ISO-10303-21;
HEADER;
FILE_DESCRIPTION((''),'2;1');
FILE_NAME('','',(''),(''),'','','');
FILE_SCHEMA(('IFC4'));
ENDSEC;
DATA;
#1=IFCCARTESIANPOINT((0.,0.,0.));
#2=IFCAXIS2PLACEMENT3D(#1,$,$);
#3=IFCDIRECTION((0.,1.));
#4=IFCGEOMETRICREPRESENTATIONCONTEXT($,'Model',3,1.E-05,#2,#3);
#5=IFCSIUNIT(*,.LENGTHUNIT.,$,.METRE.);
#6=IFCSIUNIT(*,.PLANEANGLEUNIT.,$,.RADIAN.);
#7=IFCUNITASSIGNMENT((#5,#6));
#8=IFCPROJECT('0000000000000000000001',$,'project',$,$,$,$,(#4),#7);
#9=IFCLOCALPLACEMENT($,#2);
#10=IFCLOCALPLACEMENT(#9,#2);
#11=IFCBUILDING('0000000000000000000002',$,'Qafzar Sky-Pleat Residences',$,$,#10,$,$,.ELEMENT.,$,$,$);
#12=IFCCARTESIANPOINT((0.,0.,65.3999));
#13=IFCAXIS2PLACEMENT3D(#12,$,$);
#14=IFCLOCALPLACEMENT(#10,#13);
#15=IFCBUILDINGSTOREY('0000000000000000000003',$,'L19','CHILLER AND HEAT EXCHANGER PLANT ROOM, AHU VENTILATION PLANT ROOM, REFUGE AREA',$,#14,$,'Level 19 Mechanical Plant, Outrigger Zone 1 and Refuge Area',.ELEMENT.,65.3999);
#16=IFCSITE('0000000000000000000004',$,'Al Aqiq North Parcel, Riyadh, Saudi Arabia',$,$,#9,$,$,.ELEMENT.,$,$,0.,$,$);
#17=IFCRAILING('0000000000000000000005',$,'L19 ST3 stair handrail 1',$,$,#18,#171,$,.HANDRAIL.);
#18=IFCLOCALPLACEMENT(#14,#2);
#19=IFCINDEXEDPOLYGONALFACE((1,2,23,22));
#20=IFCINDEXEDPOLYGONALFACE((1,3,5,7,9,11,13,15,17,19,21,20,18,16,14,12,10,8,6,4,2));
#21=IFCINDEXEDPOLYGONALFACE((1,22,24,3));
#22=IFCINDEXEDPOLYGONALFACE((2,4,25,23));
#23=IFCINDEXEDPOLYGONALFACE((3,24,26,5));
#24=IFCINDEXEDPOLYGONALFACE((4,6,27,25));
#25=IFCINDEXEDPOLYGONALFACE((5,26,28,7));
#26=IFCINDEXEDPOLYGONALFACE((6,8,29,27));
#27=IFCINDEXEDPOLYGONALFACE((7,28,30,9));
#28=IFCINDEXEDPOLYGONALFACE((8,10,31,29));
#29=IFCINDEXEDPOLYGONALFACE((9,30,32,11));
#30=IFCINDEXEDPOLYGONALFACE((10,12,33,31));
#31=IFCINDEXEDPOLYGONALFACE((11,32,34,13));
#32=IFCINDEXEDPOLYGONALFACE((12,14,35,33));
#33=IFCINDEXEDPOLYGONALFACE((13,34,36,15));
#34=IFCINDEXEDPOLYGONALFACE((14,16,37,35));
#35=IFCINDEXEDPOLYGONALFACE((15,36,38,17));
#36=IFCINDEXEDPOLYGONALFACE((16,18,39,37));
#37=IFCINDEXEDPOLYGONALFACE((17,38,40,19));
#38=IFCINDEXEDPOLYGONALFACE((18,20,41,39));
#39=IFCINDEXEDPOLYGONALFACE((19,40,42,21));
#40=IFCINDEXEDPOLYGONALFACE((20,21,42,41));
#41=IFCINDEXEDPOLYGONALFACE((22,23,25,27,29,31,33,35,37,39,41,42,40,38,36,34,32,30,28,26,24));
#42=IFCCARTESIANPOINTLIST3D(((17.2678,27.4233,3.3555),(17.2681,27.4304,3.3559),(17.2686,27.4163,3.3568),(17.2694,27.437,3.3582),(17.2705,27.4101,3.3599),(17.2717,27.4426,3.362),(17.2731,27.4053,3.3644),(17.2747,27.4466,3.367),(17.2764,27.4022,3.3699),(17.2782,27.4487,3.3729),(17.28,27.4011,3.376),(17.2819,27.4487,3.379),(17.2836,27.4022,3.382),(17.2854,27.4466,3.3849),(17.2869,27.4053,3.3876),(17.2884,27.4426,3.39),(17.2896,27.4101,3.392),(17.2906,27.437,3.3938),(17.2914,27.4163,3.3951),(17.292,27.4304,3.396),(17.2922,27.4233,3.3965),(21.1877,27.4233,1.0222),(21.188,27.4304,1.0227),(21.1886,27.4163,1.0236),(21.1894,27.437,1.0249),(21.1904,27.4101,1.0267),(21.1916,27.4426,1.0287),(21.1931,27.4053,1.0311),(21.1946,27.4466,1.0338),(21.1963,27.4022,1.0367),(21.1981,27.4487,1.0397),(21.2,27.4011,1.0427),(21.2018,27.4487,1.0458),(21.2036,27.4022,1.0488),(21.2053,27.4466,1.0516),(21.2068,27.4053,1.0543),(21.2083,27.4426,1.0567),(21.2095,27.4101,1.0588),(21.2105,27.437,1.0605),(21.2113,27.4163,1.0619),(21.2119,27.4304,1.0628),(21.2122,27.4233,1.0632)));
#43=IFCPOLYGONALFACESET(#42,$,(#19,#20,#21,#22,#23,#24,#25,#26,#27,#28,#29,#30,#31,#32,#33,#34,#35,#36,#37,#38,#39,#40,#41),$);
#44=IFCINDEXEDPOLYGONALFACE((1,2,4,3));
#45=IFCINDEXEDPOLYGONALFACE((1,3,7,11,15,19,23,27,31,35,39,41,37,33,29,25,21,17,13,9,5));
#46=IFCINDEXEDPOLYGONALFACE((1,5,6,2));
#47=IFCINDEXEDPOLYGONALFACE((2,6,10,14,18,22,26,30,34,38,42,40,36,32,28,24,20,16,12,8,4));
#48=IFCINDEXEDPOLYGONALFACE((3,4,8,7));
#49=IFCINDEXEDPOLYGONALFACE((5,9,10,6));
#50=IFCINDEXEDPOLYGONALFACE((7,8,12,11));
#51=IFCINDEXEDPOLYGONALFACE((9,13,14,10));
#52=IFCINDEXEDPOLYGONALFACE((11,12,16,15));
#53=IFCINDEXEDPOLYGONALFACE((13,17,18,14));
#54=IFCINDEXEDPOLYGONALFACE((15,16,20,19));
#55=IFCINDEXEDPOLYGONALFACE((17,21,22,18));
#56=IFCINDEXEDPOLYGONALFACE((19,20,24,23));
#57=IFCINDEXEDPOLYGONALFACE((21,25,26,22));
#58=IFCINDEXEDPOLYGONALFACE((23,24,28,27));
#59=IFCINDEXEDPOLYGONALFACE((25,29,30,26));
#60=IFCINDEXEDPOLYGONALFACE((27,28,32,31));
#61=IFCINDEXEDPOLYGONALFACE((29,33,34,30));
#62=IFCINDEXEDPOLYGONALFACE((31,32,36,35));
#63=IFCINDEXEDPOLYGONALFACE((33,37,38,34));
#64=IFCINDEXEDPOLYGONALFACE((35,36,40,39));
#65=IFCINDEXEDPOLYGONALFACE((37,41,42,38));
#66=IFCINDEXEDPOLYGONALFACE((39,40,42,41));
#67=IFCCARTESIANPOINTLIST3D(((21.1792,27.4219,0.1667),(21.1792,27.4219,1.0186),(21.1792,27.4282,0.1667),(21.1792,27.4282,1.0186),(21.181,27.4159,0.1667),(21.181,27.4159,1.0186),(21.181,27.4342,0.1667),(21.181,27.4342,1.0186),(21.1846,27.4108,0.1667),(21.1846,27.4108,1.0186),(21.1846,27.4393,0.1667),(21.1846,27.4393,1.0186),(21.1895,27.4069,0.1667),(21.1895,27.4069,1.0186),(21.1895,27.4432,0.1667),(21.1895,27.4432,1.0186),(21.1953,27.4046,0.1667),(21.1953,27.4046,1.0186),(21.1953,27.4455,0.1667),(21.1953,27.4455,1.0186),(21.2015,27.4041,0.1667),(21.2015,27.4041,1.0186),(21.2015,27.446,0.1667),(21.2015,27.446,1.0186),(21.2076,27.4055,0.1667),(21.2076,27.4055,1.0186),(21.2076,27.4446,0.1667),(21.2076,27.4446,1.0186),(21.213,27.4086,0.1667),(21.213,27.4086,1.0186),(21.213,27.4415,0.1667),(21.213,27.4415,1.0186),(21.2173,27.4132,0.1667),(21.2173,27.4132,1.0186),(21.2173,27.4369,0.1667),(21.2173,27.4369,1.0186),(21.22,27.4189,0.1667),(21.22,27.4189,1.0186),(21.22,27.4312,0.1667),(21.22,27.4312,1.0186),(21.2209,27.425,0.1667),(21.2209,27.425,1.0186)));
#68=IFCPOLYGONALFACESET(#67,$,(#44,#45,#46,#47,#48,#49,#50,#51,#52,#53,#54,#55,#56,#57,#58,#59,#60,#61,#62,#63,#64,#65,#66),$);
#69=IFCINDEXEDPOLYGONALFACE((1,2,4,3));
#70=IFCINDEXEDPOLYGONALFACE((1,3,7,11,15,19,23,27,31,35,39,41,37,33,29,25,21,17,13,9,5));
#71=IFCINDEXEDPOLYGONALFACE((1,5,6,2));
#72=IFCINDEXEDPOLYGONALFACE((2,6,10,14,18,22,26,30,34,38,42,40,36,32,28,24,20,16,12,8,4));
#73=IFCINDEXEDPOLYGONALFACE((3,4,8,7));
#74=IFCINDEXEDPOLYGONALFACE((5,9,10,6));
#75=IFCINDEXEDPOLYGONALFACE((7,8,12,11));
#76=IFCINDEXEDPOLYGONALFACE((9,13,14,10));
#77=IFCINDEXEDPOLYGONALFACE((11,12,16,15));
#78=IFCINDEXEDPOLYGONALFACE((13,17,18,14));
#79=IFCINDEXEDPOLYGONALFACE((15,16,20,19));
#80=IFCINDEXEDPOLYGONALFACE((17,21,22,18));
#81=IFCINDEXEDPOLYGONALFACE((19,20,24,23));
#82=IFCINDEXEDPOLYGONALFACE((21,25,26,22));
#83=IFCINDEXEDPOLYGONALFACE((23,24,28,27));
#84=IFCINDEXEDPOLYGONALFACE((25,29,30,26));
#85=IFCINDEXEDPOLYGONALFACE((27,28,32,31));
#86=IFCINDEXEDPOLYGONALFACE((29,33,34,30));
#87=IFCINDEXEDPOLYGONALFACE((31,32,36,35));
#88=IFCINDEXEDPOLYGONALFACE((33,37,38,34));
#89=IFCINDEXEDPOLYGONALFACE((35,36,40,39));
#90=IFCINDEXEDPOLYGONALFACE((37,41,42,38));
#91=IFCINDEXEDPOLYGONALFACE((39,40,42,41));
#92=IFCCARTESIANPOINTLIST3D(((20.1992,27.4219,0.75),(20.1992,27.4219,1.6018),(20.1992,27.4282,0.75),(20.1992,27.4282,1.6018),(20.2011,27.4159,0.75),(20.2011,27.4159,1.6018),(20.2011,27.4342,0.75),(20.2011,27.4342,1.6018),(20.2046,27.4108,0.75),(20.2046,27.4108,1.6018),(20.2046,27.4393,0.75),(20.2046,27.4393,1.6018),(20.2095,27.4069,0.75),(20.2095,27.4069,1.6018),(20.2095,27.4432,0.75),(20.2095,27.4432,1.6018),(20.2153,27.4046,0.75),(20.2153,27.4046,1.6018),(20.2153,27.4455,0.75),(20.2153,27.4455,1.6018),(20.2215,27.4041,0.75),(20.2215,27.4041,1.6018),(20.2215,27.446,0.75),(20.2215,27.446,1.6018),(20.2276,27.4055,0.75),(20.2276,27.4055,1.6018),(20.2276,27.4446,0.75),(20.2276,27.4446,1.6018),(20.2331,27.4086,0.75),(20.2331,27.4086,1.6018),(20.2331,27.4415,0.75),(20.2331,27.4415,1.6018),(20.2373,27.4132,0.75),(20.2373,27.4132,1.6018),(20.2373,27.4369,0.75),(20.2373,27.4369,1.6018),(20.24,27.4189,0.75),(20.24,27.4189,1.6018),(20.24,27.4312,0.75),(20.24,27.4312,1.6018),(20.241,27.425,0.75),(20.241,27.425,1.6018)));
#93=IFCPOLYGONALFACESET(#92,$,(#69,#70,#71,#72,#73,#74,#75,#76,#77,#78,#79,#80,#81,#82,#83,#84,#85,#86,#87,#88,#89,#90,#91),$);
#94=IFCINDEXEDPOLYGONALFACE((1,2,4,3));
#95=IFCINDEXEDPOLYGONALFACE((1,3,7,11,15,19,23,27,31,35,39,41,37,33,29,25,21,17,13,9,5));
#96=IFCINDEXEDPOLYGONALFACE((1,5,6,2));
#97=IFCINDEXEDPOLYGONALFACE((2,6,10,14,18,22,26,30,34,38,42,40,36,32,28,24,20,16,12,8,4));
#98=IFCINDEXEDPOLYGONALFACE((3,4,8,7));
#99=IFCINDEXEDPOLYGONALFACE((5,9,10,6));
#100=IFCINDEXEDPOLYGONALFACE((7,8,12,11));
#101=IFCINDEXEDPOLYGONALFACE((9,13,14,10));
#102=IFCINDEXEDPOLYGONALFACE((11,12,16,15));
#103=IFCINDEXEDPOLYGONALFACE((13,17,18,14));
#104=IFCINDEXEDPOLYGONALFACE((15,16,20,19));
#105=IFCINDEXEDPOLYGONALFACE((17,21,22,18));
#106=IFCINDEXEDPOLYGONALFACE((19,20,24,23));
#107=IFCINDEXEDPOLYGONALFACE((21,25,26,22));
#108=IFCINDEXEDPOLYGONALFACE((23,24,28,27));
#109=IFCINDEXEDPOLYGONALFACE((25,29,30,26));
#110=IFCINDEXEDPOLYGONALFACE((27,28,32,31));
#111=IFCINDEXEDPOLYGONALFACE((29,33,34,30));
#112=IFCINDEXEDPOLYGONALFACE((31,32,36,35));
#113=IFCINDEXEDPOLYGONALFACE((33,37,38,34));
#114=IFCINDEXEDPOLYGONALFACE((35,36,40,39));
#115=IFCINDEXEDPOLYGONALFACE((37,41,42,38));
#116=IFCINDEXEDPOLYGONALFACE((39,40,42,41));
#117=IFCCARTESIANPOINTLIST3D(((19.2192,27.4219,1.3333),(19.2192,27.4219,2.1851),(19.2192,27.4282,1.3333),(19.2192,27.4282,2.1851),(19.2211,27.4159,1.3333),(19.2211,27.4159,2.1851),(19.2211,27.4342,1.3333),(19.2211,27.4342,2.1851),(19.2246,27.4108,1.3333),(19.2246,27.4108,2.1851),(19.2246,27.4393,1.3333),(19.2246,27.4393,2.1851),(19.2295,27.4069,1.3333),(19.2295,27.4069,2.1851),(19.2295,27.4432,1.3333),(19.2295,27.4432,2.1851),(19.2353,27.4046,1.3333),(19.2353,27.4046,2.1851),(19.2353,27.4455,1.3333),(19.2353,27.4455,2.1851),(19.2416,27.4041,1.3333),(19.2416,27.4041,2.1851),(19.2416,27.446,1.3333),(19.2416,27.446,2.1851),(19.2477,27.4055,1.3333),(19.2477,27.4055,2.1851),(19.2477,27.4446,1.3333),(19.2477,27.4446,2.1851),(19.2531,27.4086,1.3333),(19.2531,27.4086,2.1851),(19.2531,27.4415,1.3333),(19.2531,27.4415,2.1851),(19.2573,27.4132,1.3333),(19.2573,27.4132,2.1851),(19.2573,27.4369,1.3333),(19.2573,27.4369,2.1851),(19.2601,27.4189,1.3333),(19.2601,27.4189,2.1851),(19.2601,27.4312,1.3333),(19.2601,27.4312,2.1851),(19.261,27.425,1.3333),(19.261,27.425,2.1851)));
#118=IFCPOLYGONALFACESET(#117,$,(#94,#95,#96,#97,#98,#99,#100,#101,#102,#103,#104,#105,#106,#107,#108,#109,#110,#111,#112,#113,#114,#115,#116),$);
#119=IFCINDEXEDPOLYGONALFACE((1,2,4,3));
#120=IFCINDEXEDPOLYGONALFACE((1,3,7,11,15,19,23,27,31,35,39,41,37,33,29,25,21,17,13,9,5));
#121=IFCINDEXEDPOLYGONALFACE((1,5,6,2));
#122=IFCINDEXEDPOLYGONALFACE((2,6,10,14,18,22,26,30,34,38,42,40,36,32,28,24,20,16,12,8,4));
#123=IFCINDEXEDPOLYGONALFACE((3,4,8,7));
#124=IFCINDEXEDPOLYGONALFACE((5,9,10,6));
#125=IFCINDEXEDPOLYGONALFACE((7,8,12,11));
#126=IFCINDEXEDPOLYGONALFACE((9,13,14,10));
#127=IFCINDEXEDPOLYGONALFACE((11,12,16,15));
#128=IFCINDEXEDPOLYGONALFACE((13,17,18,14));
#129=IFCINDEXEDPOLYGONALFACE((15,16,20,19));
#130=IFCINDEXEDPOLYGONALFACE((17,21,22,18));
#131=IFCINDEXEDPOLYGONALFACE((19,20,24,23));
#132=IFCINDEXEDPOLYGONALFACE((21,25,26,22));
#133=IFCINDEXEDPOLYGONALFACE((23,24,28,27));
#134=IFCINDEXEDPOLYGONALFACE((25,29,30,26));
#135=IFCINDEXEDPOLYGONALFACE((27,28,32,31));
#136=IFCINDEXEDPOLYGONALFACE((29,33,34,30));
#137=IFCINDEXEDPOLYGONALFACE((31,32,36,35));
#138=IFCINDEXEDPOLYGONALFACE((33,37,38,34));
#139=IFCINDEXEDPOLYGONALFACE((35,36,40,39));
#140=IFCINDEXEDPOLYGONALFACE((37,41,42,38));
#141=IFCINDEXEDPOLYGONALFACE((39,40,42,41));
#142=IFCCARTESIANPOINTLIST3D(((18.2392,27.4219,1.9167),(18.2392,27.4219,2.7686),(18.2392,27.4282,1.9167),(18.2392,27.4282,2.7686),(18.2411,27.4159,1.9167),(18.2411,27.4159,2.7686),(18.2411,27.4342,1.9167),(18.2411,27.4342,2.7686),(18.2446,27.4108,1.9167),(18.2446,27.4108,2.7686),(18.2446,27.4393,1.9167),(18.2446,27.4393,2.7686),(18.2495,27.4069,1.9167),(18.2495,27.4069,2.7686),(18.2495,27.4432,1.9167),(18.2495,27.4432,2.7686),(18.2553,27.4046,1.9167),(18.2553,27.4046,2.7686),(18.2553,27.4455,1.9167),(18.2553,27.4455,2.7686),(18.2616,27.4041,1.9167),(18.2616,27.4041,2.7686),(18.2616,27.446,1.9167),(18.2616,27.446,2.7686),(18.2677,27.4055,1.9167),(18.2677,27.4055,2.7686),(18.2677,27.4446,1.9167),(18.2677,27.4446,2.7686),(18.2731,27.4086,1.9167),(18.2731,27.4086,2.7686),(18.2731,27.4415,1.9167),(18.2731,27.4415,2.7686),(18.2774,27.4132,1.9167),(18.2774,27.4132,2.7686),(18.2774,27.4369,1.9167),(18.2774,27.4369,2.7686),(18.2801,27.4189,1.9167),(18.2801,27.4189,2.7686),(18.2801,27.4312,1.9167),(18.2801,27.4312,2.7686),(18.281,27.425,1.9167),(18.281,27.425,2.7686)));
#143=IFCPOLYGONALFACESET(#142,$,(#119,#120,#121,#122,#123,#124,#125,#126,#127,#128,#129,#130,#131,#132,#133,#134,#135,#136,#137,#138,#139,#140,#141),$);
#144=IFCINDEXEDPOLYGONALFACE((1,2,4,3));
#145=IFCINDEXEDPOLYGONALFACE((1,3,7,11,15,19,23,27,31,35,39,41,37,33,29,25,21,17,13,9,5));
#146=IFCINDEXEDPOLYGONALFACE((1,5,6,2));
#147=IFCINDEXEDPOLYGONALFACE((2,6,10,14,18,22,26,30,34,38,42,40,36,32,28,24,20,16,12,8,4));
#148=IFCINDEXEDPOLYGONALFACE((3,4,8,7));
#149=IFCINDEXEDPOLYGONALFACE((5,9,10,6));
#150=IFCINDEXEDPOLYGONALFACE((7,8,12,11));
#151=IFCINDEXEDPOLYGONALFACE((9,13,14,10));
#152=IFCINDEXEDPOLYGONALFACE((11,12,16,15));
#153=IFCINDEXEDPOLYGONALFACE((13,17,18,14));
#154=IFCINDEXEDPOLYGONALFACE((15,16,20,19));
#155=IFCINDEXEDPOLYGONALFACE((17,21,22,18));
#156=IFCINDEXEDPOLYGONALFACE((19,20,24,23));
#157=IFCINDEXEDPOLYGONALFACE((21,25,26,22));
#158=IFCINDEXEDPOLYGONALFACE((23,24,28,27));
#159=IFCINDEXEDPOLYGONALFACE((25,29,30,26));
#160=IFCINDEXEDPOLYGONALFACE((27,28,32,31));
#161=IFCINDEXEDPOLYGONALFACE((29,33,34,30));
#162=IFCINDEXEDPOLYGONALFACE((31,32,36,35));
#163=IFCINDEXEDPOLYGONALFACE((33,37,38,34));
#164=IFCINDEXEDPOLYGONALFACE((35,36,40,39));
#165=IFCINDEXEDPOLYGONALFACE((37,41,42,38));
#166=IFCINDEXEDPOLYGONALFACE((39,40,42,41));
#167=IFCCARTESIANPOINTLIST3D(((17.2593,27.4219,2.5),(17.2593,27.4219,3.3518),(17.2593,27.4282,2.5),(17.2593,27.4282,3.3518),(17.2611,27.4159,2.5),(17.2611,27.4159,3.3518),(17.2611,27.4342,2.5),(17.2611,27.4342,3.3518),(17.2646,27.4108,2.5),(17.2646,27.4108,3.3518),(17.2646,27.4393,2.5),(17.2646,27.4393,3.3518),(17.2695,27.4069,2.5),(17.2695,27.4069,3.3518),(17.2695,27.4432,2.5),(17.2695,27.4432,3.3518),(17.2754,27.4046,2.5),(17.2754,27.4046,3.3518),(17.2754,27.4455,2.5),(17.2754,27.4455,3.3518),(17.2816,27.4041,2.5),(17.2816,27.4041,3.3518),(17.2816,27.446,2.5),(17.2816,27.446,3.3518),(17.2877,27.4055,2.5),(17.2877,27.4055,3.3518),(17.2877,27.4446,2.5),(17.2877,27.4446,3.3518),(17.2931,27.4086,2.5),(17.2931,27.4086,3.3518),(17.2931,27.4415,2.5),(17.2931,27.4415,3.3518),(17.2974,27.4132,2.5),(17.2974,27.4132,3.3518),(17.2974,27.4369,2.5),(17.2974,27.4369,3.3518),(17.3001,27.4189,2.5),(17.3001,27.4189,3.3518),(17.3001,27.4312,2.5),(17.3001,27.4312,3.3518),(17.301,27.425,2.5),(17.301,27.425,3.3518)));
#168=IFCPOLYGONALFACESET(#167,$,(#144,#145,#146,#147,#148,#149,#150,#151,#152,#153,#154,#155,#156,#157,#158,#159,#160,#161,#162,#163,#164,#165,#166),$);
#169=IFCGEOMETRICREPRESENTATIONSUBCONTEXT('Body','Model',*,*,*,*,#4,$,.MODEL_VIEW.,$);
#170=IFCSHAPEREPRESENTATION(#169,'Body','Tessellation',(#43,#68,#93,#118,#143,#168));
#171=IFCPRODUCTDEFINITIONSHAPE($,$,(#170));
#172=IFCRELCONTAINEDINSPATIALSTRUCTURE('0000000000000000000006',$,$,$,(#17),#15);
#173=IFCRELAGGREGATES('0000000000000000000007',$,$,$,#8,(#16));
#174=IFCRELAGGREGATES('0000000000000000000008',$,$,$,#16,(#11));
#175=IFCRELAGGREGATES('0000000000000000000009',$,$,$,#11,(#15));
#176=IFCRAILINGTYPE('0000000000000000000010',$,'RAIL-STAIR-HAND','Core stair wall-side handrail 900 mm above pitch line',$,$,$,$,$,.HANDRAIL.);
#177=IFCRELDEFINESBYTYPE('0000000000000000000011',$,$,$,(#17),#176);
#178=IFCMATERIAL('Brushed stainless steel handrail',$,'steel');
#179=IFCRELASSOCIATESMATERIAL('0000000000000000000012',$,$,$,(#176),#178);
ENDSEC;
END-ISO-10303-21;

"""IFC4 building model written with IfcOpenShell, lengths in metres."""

from ifc_helpers import new_model, si_unit, direction, frame, origin, origin_2d, place, context, subcontext, project, spatial, circle, extrude, source, transform, mapped, material, type_object, element, save


model = new_model("IFC4")

# Units and contexts
model_context = context("Model", 3, precision=1e-05, world=origin(), true_north=direction((0.0, 1.0)))
body_context = subcontext(model_context, "Body", "Model", "MODEL_VIEW")
ifc_project = project(units=[si_unit("LENGTHUNIT", "METRE"), si_unit("PLANEANGLEUNIT", "RADIAN")], contexts=[model_context])

# Site, building, storey
site_placement = place(None, origin())
site = spatial("IfcSite", under=ifc_project, at=site_placement, Name="Al Aqiq North Parcel, Riyadh, Saudi Arabia", CompositionType="ELEMENT", RefElevation=0.0)
building_placement = place(site_placement, origin())
building = spatial("IfcBuilding", under=site, at=building_placement, Name="Qafzar Sky-Pleat Residences", CompositionType="ELEMENT")
storey_placement = place(building_placement, frame((0.0, 0.0, 65.3999)))
storey = spatial("IfcBuildingStorey", under=building, at=storey_placement, Name="L19", Description="CHILLER AND HEAT EXCHANGER PLANT ROOM, AHU VENTILATION PLANT ROOM, REFUGE AREA", LongName="Level 19 Mechanical Plant, Outrigger Zone 1 and Refuge Area", CompositionType="ELEMENT", Elevation=65.3999)

# Railing
ifc_material_1 = material(Name="Brushed stainless steel handrail", Category="steel")
railing_type_1 = type_object("IfcRailingType", Name="RAIL-STAIR-HAND", Description="Core stair wall-side handrail 900 mm above pitch line", PredefinedType="HANDRAIL", material=ifc_material_1)
shared_shape_1 = source(origin(), body_context, "Body", "SweptSolid", [
    extrude(circle(Radius=0.0239, at=origin_2d()), frame((0.0, 0.0, 0.876), z_axis=(-0.859296, 0.0, 0.511478), x_axis=(0.0, -1.0, 0.0)), (0.0, 0.0, 1.0), 4.5618),
    extrude(circle(Radius=0.021, at=origin_2d()), origin(), (0.0, 0.0, 1.0), 0.8518),
    extrude(circle(Radius=0.021, at=origin_2d()), frame((-0.98, 0.0, 0.5833)), (0.0, 0.0, 1.0), 0.8518),
    extrude(circle(Radius=0.021, at=origin_2d()), frame((-1.96, 0.0, 1.1665)), (0.0, 0.0, 1.0), 0.8518),
    extrude(circle(Radius=0.021, at=origin_2d()), frame((-2.9399, 0.0, 1.75)), (0.0, 0.0, 1.0), 0.8518),
    extrude(circle(Radius=0.021, at=origin_2d()), frame((-3.9199, 0.0, 2.3333)), (0.0, 0.0, 1.0), 0.8518),
])
railing_1_placement = place(storey_placement, frame((21.2, 27.425, 0.1667)))
element("IfcRailing", 1, at=railing_1_placement, inside=storey, type_object=railing_type_1, Name="L19 ST3 stair handrail 1", PredefinedType="HANDRAIL", context=body_context, shape_type="MappedRepresentation", body=[
    mapped(shared_shape_1, transform((0.0, 0.0, 0.0), x_axis=(1.0, 0.0, 0.0), y_axis=(0.0, 1.0, 0.0), z_axis=(0.0, 0.0, 1.0), scale=1.0)),
])

save(model, "model.ifc")
